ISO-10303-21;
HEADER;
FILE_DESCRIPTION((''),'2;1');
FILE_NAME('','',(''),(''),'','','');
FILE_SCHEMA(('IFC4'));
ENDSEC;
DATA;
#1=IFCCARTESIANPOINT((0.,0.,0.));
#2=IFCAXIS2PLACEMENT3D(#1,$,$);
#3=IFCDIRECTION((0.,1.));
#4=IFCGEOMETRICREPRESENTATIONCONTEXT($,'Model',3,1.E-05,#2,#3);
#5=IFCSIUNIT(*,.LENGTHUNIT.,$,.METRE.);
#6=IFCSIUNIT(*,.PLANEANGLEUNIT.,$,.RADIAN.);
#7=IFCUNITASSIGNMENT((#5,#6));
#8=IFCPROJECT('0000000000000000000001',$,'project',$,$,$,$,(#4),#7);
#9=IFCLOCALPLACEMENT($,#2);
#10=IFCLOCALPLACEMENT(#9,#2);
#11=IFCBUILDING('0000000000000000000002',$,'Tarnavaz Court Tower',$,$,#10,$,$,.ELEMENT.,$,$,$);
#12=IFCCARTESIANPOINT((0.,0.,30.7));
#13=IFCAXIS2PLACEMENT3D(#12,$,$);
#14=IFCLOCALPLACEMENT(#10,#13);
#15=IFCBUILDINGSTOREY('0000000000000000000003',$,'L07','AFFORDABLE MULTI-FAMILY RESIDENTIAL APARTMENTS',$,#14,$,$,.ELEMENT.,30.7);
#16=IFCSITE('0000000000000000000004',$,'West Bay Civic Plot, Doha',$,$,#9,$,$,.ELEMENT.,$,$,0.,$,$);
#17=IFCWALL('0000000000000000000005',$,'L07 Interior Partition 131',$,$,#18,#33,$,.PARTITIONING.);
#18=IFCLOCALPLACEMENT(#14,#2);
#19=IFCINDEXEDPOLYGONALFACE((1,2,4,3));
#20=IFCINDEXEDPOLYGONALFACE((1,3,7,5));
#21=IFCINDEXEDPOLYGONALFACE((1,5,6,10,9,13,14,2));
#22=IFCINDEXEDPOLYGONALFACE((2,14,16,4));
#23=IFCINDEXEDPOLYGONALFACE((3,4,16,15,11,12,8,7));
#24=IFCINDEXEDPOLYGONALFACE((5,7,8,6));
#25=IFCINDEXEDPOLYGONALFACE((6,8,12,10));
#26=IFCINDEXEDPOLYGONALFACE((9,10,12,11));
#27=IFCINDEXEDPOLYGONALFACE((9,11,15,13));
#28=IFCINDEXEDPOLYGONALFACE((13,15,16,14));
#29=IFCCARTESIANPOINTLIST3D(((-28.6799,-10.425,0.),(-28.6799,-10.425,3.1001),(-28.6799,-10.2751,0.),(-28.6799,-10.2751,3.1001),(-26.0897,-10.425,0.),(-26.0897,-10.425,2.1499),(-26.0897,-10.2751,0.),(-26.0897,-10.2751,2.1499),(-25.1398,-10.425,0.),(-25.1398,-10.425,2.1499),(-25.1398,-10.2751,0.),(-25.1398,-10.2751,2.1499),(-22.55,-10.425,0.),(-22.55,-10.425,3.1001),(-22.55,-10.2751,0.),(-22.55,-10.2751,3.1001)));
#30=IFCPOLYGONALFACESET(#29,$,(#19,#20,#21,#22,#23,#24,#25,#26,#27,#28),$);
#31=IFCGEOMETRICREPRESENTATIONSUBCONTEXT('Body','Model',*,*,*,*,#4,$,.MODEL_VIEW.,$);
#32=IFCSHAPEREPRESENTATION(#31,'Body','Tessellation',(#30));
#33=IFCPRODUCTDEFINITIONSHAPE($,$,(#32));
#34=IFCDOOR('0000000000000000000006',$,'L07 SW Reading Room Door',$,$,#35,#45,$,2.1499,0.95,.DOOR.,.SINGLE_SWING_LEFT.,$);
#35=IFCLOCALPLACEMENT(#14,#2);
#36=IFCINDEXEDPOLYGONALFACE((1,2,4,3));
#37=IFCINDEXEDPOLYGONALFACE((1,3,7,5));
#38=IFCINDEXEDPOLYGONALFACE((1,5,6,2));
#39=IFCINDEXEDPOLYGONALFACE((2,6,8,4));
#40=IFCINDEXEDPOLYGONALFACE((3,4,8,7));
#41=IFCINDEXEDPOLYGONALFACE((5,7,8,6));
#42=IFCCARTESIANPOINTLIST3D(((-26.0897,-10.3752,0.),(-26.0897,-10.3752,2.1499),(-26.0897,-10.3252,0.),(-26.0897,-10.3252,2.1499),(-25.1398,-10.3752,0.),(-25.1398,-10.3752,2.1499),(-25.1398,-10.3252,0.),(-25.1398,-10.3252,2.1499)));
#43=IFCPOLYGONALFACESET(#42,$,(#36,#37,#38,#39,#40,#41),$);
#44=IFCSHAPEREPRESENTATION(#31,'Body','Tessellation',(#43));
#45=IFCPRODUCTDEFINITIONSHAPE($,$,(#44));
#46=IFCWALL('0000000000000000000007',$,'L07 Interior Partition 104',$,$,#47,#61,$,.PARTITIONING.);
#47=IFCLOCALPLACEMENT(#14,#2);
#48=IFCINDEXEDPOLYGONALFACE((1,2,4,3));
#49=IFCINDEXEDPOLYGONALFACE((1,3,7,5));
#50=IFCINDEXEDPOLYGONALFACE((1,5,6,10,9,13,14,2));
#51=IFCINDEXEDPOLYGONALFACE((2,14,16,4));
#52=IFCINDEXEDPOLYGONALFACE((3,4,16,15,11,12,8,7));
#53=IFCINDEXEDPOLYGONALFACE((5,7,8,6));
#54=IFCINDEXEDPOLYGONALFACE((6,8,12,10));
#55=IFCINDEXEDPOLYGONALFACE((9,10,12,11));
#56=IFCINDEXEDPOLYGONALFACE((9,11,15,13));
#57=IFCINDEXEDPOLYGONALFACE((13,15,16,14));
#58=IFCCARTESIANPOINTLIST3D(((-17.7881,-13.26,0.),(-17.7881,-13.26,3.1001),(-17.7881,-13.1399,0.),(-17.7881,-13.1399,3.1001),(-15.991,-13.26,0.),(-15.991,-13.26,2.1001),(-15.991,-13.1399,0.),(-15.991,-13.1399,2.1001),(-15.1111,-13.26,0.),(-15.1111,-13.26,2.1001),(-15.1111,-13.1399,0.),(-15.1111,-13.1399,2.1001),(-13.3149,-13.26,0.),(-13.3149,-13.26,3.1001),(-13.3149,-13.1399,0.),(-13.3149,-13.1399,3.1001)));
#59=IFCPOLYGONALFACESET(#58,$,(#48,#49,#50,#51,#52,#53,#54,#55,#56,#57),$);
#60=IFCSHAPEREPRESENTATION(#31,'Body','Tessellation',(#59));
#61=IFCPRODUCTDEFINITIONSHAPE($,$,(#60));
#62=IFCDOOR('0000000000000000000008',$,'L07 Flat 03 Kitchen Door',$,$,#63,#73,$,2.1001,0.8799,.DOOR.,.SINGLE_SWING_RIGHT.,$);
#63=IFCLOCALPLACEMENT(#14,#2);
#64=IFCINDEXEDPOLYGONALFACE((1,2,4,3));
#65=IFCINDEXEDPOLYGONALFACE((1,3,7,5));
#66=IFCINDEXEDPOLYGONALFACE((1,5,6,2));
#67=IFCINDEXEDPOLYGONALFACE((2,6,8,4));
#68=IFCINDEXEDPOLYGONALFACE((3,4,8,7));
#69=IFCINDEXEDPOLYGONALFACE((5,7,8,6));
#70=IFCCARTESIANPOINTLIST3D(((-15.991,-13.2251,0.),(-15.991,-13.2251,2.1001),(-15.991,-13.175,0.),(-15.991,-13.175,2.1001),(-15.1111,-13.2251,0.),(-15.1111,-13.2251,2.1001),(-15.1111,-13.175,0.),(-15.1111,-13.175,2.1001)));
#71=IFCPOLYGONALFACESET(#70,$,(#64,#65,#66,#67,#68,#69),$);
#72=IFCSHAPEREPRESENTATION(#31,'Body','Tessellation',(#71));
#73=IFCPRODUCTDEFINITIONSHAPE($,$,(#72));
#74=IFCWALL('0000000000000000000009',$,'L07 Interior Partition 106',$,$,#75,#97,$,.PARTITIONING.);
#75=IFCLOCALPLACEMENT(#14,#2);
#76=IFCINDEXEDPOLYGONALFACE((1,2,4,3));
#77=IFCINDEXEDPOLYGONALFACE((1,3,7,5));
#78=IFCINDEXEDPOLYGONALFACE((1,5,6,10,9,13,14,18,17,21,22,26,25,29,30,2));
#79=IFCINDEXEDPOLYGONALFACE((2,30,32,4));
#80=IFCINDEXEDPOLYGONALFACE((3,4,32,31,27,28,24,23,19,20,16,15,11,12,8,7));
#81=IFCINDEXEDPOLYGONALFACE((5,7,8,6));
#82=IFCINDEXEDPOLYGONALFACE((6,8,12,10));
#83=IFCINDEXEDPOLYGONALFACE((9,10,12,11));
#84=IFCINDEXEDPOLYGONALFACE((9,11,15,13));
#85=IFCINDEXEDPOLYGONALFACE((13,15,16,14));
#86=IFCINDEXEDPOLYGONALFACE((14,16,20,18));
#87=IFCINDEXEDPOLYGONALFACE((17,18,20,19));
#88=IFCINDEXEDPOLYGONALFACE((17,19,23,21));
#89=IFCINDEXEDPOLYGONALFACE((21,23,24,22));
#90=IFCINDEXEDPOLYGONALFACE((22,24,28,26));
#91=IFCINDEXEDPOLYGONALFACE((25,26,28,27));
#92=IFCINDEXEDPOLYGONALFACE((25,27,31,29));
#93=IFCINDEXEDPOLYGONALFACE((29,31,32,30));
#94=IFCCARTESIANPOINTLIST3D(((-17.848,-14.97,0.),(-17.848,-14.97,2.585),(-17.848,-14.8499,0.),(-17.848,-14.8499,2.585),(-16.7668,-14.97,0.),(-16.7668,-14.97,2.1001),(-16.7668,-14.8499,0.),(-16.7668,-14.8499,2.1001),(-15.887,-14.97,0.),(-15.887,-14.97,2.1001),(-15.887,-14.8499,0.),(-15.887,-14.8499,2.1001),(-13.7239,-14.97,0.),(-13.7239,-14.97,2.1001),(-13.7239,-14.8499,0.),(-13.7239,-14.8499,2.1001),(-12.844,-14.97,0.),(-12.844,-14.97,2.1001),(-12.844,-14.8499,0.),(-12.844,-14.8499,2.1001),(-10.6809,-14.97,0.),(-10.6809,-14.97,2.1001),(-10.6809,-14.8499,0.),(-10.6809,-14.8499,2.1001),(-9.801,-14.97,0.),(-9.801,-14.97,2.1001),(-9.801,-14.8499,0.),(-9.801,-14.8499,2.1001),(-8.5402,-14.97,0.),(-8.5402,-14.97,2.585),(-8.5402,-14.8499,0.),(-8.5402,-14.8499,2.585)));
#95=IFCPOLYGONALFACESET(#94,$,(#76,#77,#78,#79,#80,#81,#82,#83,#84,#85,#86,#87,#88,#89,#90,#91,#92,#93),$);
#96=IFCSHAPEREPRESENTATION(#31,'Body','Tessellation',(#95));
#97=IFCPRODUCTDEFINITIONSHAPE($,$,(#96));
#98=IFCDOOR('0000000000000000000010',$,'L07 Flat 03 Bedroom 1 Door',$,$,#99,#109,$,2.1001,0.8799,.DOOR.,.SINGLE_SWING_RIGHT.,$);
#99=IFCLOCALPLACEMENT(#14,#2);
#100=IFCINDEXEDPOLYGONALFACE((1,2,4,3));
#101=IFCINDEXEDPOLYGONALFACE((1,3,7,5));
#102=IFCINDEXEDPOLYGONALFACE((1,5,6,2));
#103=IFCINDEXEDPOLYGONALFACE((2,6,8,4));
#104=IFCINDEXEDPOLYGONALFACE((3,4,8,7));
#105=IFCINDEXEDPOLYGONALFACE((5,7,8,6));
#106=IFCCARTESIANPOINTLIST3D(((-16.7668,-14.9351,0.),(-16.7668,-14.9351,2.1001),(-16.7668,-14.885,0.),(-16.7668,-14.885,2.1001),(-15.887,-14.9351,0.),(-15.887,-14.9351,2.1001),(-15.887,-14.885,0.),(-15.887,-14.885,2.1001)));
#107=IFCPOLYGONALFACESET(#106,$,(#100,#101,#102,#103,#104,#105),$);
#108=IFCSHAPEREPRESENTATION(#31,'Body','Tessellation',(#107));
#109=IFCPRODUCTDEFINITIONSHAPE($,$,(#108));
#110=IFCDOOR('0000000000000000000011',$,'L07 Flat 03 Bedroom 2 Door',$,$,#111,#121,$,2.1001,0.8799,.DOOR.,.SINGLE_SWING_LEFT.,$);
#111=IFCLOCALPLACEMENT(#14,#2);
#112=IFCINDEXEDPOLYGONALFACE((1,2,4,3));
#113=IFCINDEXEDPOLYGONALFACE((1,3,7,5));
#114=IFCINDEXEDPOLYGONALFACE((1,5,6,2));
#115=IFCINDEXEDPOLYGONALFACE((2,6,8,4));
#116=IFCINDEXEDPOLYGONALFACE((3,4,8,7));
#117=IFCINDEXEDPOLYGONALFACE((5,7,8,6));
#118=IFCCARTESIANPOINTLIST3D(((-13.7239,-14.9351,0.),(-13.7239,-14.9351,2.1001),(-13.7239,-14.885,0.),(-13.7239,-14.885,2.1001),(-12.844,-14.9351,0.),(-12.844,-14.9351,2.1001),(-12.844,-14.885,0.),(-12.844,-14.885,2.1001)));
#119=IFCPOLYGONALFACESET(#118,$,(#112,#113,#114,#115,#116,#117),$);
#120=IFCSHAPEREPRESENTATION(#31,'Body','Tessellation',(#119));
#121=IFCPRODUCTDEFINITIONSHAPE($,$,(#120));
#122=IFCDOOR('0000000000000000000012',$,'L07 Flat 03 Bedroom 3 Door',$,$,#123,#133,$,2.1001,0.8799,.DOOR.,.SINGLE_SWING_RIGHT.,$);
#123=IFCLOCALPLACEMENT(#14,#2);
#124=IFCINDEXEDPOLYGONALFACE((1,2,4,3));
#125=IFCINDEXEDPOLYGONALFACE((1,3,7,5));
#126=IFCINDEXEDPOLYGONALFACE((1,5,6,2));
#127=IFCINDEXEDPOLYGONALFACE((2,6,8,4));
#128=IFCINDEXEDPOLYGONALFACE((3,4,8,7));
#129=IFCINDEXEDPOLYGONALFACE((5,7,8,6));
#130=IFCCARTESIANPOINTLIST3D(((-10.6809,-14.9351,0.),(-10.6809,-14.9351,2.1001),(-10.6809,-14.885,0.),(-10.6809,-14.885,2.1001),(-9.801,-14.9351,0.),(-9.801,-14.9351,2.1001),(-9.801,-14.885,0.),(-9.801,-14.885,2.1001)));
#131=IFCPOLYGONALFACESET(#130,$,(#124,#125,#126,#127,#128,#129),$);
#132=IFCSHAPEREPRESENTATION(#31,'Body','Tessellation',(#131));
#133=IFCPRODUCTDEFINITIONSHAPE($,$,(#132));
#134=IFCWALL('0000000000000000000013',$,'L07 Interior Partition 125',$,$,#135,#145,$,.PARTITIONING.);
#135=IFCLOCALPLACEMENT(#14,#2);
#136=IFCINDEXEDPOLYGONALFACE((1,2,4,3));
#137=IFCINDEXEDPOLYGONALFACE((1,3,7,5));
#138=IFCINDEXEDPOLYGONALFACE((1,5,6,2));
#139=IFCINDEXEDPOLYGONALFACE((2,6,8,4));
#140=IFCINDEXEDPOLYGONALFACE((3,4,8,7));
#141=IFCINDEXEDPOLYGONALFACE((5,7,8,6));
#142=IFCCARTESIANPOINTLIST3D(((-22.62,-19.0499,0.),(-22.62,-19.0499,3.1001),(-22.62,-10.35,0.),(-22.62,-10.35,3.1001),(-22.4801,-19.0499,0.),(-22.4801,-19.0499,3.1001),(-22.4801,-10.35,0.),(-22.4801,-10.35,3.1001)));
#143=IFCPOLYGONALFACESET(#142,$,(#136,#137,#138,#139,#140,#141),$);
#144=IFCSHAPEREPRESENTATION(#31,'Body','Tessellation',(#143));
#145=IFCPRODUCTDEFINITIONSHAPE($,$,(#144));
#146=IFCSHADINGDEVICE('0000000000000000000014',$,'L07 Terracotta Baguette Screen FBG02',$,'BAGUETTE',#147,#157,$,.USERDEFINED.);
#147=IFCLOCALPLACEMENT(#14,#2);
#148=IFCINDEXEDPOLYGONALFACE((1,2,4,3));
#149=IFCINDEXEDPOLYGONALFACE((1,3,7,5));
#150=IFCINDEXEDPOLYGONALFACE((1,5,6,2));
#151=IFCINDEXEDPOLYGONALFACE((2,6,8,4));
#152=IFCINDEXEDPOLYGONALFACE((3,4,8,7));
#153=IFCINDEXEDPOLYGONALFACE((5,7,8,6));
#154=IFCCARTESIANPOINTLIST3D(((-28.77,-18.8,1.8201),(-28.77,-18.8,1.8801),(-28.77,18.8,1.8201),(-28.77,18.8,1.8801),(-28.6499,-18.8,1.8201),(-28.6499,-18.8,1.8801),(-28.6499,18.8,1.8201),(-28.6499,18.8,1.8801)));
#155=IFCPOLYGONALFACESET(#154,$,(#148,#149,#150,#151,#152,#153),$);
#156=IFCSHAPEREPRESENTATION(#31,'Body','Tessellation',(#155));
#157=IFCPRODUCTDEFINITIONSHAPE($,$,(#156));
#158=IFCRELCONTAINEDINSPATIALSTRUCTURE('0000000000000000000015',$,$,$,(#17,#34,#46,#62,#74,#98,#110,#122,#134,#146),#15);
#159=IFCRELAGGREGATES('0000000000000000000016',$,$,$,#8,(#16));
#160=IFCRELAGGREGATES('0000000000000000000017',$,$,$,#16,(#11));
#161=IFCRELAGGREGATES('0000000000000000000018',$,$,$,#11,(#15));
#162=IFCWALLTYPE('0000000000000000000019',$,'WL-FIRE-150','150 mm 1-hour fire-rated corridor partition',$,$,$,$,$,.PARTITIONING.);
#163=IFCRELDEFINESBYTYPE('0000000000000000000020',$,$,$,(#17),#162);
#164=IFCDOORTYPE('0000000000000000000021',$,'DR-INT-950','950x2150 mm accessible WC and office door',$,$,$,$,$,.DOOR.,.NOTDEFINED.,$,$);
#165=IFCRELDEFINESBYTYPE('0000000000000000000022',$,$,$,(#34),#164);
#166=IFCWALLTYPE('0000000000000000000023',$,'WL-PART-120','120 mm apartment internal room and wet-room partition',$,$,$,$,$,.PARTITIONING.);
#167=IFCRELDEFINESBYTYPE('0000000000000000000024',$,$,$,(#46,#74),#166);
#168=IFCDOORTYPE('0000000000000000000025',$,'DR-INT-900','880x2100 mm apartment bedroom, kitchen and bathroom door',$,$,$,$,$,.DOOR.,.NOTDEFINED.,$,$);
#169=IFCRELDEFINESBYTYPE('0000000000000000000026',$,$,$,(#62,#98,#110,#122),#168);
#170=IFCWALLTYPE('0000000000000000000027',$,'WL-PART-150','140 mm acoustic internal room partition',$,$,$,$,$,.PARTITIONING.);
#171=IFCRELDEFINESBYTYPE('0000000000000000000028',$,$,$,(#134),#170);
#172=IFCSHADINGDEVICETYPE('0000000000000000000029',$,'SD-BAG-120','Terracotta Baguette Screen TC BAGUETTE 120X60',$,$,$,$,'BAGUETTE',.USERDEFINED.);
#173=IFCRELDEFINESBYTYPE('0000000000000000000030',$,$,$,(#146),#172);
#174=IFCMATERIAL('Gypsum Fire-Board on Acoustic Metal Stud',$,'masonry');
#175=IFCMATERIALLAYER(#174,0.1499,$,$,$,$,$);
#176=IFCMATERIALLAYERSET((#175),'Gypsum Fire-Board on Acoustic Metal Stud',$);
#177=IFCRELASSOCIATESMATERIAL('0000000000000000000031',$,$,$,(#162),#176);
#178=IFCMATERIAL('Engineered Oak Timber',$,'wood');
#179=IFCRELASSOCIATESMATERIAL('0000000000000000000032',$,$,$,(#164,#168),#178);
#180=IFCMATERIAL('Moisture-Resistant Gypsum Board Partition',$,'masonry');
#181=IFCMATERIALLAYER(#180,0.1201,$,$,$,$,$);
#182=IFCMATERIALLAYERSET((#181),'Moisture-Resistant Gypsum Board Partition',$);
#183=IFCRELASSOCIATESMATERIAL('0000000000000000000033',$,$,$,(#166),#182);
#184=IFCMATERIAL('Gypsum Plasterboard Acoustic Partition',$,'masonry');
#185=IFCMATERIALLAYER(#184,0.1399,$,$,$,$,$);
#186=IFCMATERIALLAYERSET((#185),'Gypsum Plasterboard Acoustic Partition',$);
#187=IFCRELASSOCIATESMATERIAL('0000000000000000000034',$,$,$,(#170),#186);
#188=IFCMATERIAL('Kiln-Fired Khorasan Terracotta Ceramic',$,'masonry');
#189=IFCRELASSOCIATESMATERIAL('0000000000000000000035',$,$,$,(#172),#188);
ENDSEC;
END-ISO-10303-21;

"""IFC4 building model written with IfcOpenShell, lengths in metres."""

from ifc_helpers import new_model, si_unit, direction, frame, frame_2d, origin, origin_2d, place, context, subcontext, project, spatial, rectangle, extrude, material, layer, layer_set, material_profile, profile_set, type_object, element, fill, save


model = new_model("IFC4")

# Units and contexts
model_context = context("Model", 3, precision=1e-05, world=origin(), true_north=direction((0.0, 1.0)))
body_context = subcontext(model_context, "Body", "Model", "MODEL_VIEW")
ifc_project = project(units=[si_unit("LENGTHUNIT", "METRE"), si_unit("PLANEANGLEUNIT", "RADIAN")], contexts=[model_context])

# Site, building, storey
site_placement = place(None, origin())
site = spatial("IfcSite", under=ifc_project, at=site_placement, Name="West Bay Civic Plot, Doha", CompositionType="ELEMENT", RefElevation=0.0)
building_placement = place(site_placement, origin())
building = spatial("IfcBuilding", under=site, at=building_placement, Name="Tarnavaz Court Tower", CompositionType="ELEMENT")
storey_placement = place(building_placement, frame((0.0, 0.0, 30.7)))
storey = spatial("IfcBuildingStorey", under=building, at=storey_placement, Name="L07", Description="AFFORDABLE MULTI-FAMILY RESIDENTIAL APARTMENTS", CompositionType="ELEMENT", Elevation=30.7)

# Walls, openings, doors
ifc_material_1 = material(Name="Gypsum Fire-Board on Acoustic Metal Stud", Category="masonry")
ifc_layer_1 = layer(ifc_material_1, 0.1499)
ifc_layer_set_1 = layer_set([ifc_layer_1], Name="Gypsum Fire-Board on Acoustic Metal Stud")
wall_type_1 = type_object("IfcWallType", Name="WL-FIRE-150", Description="150 mm 1-hour fire-rated corridor partition", PredefinedType="PARTITIONING", material=ifc_layer_set_1)
wall_1_placement = place(storey_placement, frame((-28.6799, -10.3501, 0.0), z_axis=(0.0, 0.0, 1.0), x_axis=(1.0, 0.0, 0.0)))
wall_1 = element("IfcWall", 1, at=wall_1_placement, inside=storey, type_object=wall_type_1, Name="L07 Interior Partition 131", PredefinedType="PARTITIONING", context=body_context, shape_type="SweptSolid", body=[
    extrude(rectangle(XDim=6.1299, YDim=0.1499, at=frame_2d((3.0649, 0.0))), origin(), (0.0, 0.0, 1.0), 3.1001),
])
opening_1_placement = place(wall_1_placement, frame((2.5901, 0.0, 0.0)))
opening_1 = element("IfcOpeningElement", 2, at=opening_1_placement, cuts=wall_1, PredefinedType="OPENING", context=body_context, shape_type="SweptSolid", body=[
    extrude(rectangle(XDim=0.95, YDim=2.1499, at=frame_2d((0.4751, 1.075))), frame((0.0, 0.085, 0.0), z_axis=(0.0, -1.0, 0.0), x_axis=(1.0, 0.0, 0.0)), (0.0, 0.0, 1.0), 0.1699),
])
ifc_material_2 = material(Name="Engineered Oak Timber", Category="wood")
door_type_1 = type_object("IfcDoorType", Name="DR-INT-950", Description="950x2150 mm accessible WC and office door", OperationType="NOTDEFINED", PredefinedType="DOOR", material=ifc_material_2)
door_1_placement = place(opening_1_placement, origin())
door_1 = element("IfcDoor", 3, at=door_1_placement, inside=storey, type_object=door_type_1, Name="L07 SW Reading Room Door", OperationType="SINGLE_SWING_LEFT", OverallHeight=2.1499, OverallWidth=0.95, PredefinedType="DOOR", context=body_context, shape_type="SweptSolid", body=[
    extrude(rectangle(XDim=0.95, YDim=2.1499, at=frame_2d((0.4751, 1.075))), frame((0.0, 0.0249, 0.0), z_axis=(0.0, -1.0, 0.0), x_axis=(1.0, 0.0, 0.0)), (0.0, 0.0, 1.0), 0.05),
])
fill(opening_1, door_1)
ifc_material_3 = material(Name="Moisture-Resistant Gypsum Board Partition", Category="masonry")
ifc_layer_2 = layer(ifc_material_3, 0.1201)
ifc_layer_set_2 = layer_set([ifc_layer_2], Name="Moisture-Resistant Gypsum Board Partition")
wall_type_2 = type_object("IfcWallType", Name="WL-PART-120", Description="120 mm apartment internal room and wet-room partition", PredefinedType="PARTITIONING", material=ifc_layer_set_2)
wall_2_placement = place(storey_placement, frame((-17.7881, -13.2, 0.0), z_axis=(0.0, 0.0, 1.0), x_axis=(1.0, 0.0, 0.0)))
wall_2 = element("IfcWall", 4, at=wall_2_placement, inside=storey, type_object=wall_type_2, Name="L07 Interior Partition 104", PredefinedType="PARTITIONING", context=body_context, shape_type="SweptSolid", body=[
    extrude(rectangle(XDim=4.4731, YDim=0.1201, at=frame_2d((2.2366, 0.0))), origin(), (0.0, 0.0, 1.0), 3.1001),
])
opening_2_placement = place(wall_2_placement, frame((1.7971, 0.0, 0.0)))
opening_2 = element("IfcOpeningElement", 5, at=opening_2_placement, cuts=wall_2, PredefinedType="OPENING", context=body_context, shape_type="SweptSolid", body=[
    extrude(rectangle(XDim=0.8799, YDim=2.1001, at=frame_2d((0.4399, 1.05))), frame((0.0, 0.0701, 0.0), z_axis=(0.0, -1.0, 0.0), x_axis=(1.0, 0.0, 0.0)), (0.0, 0.0, 1.0), 0.1401),
])
door_type_2 = type_object("IfcDoorType", Name="DR-INT-900", Description="880x2100 mm apartment bedroom, kitchen and bathroom door", OperationType="NOTDEFINED", PredefinedType="DOOR", material=ifc_material_2)
door_2_placement = place(opening_2_placement, origin())
door_2 = element("IfcDoor", 6, at=door_2_placement, inside=storey, type_object=door_type_2, Name="L07 Flat 03 Kitchen Door", OperationType="SINGLE_SWING_RIGHT", OverallHeight=2.1001, OverallWidth=0.8799, PredefinedType="DOOR", context=body_context, shape_type="SweptSolid", body=[
    extrude(rectangle(XDim=0.8799, YDim=2.1001, at=frame_2d((0.4399, 1.05))), frame((0.0, 0.0249, 0.0), z_axis=(0.0, -1.0, 0.0), x_axis=(1.0, 0.0, 0.0)), (0.0, 0.0, 1.0), 0.05),
])
fill(opening_2, door_2)

# Wall, openings, doors
wall_3_placement = place(storey_placement, frame((-17.8479, -14.9099, 0.0), z_axis=(0.0, 0.0, 1.0), x_axis=(1.0, 0.0, 0.0)))
wall_3 = element("IfcWall", 7, at=wall_3_placement, inside=storey, type_object=wall_type_2, Name="L07 Interior Partition 106", PredefinedType="PARTITIONING", context=body_context, shape_type="SweptSolid", body=[
    extrude(rectangle(XDim=9.3079, YDim=0.1201, at=frame_2d((4.6538, 0.0))), origin(), (0.0, 0.0, 1.0), 2.585),
])
opening_3_placement = place(wall_3_placement, frame((1.0811, 0.0, 0.0)))
opening_3 = element("IfcOpeningElement", 8, at=opening_3_placement, cuts=wall_3, PredefinedType="OPENING", context=body_context, shape_type="SweptSolid", body=[
    extrude(rectangle(XDim=0.8799, YDim=2.1001, at=frame_2d((0.4399, 1.05))), frame((0.0, 0.0701, 0.0), z_axis=(0.0, -1.0, 0.0), x_axis=(1.0, 0.0, 0.0)), (0.0, 0.0, 1.0), 0.1401),
])
opening_4_placement = place(wall_3_placement, frame((4.124, 0.0, 0.0)))
opening_4 = element("IfcOpeningElement", 9, at=opening_4_placement, cuts=wall_3, PredefinedType="OPENING", context=body_context, shape_type="SweptSolid", body=[
    extrude(rectangle(XDim=0.8799, YDim=2.1001, at=frame_2d((0.4399, 1.05))), frame((0.0, 0.0701, 0.0), z_axis=(0.0, -1.0, 0.0), x_axis=(1.0, 0.0, 0.0)), (0.0, 0.0, 1.0), 0.1401),
])
opening_5_placement = place(wall_3_placement, frame((7.167, 0.0, 0.0)))
opening_5 = element("IfcOpeningElement", 10, at=opening_5_placement, cuts=wall_3, PredefinedType="OPENING", context=body_context, shape_type="SweptSolid", body=[
    extrude(rectangle(XDim=0.8799, YDim=2.1001, at=frame_2d((0.4399, 1.05))), frame((0.0, 0.0701, 0.0), z_axis=(0.0, -1.0, 0.0), x_axis=(1.0, 0.0, 0.0)), (0.0, 0.0, 1.0), 0.1401),
])
door_3_placement = place(opening_3_placement, origin())
door_3 = element("IfcDoor", 11, at=door_3_placement, inside=storey, type_object=door_type_2, Name="L07 Flat 03 Bedroom 1 Door", OperationType="SINGLE_SWING_RIGHT", OverallHeight=2.1001, OverallWidth=0.8799, PredefinedType="DOOR", context=body_context, shape_type="SweptSolid", body=[
    extrude(rectangle(XDim=0.8799, YDim=2.1001, at=frame_2d((0.4399, 1.05))), frame((0.0, 0.0249, 0.0), z_axis=(0.0, -1.0, 0.0), x_axis=(1.0, 0.0, 0.0)), (0.0, 0.0, 1.0), 0.05),
])
fill(opening_3, door_3)
door_4_placement = place(opening_4_placement, origin())
door_4 = element("IfcDoor", 12, at=door_4_placement, inside=storey, type_object=door_type_2, Name="L07 Flat 03 Bedroom 2 Door", OperationType="SINGLE_SWING_LEFT", OverallHeight=2.1001, OverallWidth=0.8799, PredefinedType="DOOR", context=body_context, shape_type="SweptSolid", body=[
    extrude(rectangle(XDim=0.8799, YDim=2.1001, at=frame_2d((0.4399, 1.05))), frame((0.0, 0.0249, 0.0), z_axis=(0.0, -1.0, 0.0), x_axis=(1.0, 0.0, 0.0)), (0.0, 0.0, 1.0), 0.05),
])
fill(opening_4, door_4)
door_5_placement = place(opening_5_placement, origin())
door_5 = element("IfcDoor", 13, at=door_5_placement, inside=storey, type_object=door_type_2, Name="L07 Flat 03 Bedroom 3 Door", OperationType="SINGLE_SWING_RIGHT", OverallHeight=2.1001, OverallWidth=0.8799, PredefinedType="DOOR", context=body_context, shape_type="SweptSolid", body=[
    extrude(rectangle(XDim=0.8799, YDim=2.1001, at=frame_2d((0.4399, 1.05))), frame((0.0, 0.0249, 0.0), z_axis=(0.0, -1.0, 0.0), x_axis=(1.0, 0.0, 0.0)), (0.0, 0.0, 1.0), 0.05),
])
fill(opening_5, door_5)

# Wall
ifc_material_4 = material(Name="Gypsum Plasterboard Acoustic Partition", Category="masonry")
ifc_layer_3 = layer(ifc_material_4, 0.1399)
ifc_layer_set_3 = layer_set([ifc_layer_3], Name="Gypsum Plasterboard Acoustic Partition")
wall_type_3 = type_object("IfcWallType", Name="WL-PART-150", Description="140 mm acoustic internal room partition", PredefinedType="PARTITIONING", material=ifc_layer_set_3)
wall_4_placement = place(storey_placement, frame((-22.55, -19.05, 0.0), z_axis=(0.0, 0.0, 1.0), x_axis=(0.0, 1.0, 0.0)))
element("IfcWall", 14, at=wall_4_placement, inside=storey, type_object=wall_type_3, Name="L07 Interior Partition 125", PredefinedType="PARTITIONING", context=body_context, shape_type="SweptSolid", body=[
    extrude(rectangle(XDim=8.7, YDim=0.1399, at=frame_2d((4.3501, 0.0))), origin(), (0.0, 0.0, 1.0), 3.1001),
])

# Shading device
ifc_material_5 = material(Name="Kiln-Fired Khorasan Terracotta Ceramic", Category="masonry")
ifc_material_profile_1 = material_profile(ifc_material_5, rectangle(XDim=0.1201, YDim=0.0601, at=origin_2d()), Name="TC BAGUETTE 120X60")
ifc_profile_set_1 = profile_set([ifc_material_profile_1], Name="Kiln-Fired Khorasan Terracotta Ceramic")
shading_device_type = type_object("IfcShadingDeviceType", Name="SD-BAG-120", Description="Terracotta Baguette Screen TC BAGUETTE 120X60", ElementType="BAGUETTE", PredefinedType="USERDEFINED", material=ifc_profile_set_1)
shading_device_placement = place(storey_placement, frame((-28.71, -18.8, 1.8501), z_axis=(0.0, 1.0, 0.0), x_axis=(-1.0, 0.0, 0.0)))
element("IfcShadingDevice", 15, at=shading_device_placement, inside=storey, type_object=shading_device_type, Name="L07 Terracotta Baguette Screen FBG02", ObjectType="BAGUETTE", PredefinedType="USERDEFINED", context=body_context, shape_type="SweptSolid", body=[
    extrude(rectangle(XDim=0.1201, YDim=0.0601, at=origin_2d()), origin(), (0.0, 0.0, 1.0), 37.6001),
])

save(model, "model.ifc")
